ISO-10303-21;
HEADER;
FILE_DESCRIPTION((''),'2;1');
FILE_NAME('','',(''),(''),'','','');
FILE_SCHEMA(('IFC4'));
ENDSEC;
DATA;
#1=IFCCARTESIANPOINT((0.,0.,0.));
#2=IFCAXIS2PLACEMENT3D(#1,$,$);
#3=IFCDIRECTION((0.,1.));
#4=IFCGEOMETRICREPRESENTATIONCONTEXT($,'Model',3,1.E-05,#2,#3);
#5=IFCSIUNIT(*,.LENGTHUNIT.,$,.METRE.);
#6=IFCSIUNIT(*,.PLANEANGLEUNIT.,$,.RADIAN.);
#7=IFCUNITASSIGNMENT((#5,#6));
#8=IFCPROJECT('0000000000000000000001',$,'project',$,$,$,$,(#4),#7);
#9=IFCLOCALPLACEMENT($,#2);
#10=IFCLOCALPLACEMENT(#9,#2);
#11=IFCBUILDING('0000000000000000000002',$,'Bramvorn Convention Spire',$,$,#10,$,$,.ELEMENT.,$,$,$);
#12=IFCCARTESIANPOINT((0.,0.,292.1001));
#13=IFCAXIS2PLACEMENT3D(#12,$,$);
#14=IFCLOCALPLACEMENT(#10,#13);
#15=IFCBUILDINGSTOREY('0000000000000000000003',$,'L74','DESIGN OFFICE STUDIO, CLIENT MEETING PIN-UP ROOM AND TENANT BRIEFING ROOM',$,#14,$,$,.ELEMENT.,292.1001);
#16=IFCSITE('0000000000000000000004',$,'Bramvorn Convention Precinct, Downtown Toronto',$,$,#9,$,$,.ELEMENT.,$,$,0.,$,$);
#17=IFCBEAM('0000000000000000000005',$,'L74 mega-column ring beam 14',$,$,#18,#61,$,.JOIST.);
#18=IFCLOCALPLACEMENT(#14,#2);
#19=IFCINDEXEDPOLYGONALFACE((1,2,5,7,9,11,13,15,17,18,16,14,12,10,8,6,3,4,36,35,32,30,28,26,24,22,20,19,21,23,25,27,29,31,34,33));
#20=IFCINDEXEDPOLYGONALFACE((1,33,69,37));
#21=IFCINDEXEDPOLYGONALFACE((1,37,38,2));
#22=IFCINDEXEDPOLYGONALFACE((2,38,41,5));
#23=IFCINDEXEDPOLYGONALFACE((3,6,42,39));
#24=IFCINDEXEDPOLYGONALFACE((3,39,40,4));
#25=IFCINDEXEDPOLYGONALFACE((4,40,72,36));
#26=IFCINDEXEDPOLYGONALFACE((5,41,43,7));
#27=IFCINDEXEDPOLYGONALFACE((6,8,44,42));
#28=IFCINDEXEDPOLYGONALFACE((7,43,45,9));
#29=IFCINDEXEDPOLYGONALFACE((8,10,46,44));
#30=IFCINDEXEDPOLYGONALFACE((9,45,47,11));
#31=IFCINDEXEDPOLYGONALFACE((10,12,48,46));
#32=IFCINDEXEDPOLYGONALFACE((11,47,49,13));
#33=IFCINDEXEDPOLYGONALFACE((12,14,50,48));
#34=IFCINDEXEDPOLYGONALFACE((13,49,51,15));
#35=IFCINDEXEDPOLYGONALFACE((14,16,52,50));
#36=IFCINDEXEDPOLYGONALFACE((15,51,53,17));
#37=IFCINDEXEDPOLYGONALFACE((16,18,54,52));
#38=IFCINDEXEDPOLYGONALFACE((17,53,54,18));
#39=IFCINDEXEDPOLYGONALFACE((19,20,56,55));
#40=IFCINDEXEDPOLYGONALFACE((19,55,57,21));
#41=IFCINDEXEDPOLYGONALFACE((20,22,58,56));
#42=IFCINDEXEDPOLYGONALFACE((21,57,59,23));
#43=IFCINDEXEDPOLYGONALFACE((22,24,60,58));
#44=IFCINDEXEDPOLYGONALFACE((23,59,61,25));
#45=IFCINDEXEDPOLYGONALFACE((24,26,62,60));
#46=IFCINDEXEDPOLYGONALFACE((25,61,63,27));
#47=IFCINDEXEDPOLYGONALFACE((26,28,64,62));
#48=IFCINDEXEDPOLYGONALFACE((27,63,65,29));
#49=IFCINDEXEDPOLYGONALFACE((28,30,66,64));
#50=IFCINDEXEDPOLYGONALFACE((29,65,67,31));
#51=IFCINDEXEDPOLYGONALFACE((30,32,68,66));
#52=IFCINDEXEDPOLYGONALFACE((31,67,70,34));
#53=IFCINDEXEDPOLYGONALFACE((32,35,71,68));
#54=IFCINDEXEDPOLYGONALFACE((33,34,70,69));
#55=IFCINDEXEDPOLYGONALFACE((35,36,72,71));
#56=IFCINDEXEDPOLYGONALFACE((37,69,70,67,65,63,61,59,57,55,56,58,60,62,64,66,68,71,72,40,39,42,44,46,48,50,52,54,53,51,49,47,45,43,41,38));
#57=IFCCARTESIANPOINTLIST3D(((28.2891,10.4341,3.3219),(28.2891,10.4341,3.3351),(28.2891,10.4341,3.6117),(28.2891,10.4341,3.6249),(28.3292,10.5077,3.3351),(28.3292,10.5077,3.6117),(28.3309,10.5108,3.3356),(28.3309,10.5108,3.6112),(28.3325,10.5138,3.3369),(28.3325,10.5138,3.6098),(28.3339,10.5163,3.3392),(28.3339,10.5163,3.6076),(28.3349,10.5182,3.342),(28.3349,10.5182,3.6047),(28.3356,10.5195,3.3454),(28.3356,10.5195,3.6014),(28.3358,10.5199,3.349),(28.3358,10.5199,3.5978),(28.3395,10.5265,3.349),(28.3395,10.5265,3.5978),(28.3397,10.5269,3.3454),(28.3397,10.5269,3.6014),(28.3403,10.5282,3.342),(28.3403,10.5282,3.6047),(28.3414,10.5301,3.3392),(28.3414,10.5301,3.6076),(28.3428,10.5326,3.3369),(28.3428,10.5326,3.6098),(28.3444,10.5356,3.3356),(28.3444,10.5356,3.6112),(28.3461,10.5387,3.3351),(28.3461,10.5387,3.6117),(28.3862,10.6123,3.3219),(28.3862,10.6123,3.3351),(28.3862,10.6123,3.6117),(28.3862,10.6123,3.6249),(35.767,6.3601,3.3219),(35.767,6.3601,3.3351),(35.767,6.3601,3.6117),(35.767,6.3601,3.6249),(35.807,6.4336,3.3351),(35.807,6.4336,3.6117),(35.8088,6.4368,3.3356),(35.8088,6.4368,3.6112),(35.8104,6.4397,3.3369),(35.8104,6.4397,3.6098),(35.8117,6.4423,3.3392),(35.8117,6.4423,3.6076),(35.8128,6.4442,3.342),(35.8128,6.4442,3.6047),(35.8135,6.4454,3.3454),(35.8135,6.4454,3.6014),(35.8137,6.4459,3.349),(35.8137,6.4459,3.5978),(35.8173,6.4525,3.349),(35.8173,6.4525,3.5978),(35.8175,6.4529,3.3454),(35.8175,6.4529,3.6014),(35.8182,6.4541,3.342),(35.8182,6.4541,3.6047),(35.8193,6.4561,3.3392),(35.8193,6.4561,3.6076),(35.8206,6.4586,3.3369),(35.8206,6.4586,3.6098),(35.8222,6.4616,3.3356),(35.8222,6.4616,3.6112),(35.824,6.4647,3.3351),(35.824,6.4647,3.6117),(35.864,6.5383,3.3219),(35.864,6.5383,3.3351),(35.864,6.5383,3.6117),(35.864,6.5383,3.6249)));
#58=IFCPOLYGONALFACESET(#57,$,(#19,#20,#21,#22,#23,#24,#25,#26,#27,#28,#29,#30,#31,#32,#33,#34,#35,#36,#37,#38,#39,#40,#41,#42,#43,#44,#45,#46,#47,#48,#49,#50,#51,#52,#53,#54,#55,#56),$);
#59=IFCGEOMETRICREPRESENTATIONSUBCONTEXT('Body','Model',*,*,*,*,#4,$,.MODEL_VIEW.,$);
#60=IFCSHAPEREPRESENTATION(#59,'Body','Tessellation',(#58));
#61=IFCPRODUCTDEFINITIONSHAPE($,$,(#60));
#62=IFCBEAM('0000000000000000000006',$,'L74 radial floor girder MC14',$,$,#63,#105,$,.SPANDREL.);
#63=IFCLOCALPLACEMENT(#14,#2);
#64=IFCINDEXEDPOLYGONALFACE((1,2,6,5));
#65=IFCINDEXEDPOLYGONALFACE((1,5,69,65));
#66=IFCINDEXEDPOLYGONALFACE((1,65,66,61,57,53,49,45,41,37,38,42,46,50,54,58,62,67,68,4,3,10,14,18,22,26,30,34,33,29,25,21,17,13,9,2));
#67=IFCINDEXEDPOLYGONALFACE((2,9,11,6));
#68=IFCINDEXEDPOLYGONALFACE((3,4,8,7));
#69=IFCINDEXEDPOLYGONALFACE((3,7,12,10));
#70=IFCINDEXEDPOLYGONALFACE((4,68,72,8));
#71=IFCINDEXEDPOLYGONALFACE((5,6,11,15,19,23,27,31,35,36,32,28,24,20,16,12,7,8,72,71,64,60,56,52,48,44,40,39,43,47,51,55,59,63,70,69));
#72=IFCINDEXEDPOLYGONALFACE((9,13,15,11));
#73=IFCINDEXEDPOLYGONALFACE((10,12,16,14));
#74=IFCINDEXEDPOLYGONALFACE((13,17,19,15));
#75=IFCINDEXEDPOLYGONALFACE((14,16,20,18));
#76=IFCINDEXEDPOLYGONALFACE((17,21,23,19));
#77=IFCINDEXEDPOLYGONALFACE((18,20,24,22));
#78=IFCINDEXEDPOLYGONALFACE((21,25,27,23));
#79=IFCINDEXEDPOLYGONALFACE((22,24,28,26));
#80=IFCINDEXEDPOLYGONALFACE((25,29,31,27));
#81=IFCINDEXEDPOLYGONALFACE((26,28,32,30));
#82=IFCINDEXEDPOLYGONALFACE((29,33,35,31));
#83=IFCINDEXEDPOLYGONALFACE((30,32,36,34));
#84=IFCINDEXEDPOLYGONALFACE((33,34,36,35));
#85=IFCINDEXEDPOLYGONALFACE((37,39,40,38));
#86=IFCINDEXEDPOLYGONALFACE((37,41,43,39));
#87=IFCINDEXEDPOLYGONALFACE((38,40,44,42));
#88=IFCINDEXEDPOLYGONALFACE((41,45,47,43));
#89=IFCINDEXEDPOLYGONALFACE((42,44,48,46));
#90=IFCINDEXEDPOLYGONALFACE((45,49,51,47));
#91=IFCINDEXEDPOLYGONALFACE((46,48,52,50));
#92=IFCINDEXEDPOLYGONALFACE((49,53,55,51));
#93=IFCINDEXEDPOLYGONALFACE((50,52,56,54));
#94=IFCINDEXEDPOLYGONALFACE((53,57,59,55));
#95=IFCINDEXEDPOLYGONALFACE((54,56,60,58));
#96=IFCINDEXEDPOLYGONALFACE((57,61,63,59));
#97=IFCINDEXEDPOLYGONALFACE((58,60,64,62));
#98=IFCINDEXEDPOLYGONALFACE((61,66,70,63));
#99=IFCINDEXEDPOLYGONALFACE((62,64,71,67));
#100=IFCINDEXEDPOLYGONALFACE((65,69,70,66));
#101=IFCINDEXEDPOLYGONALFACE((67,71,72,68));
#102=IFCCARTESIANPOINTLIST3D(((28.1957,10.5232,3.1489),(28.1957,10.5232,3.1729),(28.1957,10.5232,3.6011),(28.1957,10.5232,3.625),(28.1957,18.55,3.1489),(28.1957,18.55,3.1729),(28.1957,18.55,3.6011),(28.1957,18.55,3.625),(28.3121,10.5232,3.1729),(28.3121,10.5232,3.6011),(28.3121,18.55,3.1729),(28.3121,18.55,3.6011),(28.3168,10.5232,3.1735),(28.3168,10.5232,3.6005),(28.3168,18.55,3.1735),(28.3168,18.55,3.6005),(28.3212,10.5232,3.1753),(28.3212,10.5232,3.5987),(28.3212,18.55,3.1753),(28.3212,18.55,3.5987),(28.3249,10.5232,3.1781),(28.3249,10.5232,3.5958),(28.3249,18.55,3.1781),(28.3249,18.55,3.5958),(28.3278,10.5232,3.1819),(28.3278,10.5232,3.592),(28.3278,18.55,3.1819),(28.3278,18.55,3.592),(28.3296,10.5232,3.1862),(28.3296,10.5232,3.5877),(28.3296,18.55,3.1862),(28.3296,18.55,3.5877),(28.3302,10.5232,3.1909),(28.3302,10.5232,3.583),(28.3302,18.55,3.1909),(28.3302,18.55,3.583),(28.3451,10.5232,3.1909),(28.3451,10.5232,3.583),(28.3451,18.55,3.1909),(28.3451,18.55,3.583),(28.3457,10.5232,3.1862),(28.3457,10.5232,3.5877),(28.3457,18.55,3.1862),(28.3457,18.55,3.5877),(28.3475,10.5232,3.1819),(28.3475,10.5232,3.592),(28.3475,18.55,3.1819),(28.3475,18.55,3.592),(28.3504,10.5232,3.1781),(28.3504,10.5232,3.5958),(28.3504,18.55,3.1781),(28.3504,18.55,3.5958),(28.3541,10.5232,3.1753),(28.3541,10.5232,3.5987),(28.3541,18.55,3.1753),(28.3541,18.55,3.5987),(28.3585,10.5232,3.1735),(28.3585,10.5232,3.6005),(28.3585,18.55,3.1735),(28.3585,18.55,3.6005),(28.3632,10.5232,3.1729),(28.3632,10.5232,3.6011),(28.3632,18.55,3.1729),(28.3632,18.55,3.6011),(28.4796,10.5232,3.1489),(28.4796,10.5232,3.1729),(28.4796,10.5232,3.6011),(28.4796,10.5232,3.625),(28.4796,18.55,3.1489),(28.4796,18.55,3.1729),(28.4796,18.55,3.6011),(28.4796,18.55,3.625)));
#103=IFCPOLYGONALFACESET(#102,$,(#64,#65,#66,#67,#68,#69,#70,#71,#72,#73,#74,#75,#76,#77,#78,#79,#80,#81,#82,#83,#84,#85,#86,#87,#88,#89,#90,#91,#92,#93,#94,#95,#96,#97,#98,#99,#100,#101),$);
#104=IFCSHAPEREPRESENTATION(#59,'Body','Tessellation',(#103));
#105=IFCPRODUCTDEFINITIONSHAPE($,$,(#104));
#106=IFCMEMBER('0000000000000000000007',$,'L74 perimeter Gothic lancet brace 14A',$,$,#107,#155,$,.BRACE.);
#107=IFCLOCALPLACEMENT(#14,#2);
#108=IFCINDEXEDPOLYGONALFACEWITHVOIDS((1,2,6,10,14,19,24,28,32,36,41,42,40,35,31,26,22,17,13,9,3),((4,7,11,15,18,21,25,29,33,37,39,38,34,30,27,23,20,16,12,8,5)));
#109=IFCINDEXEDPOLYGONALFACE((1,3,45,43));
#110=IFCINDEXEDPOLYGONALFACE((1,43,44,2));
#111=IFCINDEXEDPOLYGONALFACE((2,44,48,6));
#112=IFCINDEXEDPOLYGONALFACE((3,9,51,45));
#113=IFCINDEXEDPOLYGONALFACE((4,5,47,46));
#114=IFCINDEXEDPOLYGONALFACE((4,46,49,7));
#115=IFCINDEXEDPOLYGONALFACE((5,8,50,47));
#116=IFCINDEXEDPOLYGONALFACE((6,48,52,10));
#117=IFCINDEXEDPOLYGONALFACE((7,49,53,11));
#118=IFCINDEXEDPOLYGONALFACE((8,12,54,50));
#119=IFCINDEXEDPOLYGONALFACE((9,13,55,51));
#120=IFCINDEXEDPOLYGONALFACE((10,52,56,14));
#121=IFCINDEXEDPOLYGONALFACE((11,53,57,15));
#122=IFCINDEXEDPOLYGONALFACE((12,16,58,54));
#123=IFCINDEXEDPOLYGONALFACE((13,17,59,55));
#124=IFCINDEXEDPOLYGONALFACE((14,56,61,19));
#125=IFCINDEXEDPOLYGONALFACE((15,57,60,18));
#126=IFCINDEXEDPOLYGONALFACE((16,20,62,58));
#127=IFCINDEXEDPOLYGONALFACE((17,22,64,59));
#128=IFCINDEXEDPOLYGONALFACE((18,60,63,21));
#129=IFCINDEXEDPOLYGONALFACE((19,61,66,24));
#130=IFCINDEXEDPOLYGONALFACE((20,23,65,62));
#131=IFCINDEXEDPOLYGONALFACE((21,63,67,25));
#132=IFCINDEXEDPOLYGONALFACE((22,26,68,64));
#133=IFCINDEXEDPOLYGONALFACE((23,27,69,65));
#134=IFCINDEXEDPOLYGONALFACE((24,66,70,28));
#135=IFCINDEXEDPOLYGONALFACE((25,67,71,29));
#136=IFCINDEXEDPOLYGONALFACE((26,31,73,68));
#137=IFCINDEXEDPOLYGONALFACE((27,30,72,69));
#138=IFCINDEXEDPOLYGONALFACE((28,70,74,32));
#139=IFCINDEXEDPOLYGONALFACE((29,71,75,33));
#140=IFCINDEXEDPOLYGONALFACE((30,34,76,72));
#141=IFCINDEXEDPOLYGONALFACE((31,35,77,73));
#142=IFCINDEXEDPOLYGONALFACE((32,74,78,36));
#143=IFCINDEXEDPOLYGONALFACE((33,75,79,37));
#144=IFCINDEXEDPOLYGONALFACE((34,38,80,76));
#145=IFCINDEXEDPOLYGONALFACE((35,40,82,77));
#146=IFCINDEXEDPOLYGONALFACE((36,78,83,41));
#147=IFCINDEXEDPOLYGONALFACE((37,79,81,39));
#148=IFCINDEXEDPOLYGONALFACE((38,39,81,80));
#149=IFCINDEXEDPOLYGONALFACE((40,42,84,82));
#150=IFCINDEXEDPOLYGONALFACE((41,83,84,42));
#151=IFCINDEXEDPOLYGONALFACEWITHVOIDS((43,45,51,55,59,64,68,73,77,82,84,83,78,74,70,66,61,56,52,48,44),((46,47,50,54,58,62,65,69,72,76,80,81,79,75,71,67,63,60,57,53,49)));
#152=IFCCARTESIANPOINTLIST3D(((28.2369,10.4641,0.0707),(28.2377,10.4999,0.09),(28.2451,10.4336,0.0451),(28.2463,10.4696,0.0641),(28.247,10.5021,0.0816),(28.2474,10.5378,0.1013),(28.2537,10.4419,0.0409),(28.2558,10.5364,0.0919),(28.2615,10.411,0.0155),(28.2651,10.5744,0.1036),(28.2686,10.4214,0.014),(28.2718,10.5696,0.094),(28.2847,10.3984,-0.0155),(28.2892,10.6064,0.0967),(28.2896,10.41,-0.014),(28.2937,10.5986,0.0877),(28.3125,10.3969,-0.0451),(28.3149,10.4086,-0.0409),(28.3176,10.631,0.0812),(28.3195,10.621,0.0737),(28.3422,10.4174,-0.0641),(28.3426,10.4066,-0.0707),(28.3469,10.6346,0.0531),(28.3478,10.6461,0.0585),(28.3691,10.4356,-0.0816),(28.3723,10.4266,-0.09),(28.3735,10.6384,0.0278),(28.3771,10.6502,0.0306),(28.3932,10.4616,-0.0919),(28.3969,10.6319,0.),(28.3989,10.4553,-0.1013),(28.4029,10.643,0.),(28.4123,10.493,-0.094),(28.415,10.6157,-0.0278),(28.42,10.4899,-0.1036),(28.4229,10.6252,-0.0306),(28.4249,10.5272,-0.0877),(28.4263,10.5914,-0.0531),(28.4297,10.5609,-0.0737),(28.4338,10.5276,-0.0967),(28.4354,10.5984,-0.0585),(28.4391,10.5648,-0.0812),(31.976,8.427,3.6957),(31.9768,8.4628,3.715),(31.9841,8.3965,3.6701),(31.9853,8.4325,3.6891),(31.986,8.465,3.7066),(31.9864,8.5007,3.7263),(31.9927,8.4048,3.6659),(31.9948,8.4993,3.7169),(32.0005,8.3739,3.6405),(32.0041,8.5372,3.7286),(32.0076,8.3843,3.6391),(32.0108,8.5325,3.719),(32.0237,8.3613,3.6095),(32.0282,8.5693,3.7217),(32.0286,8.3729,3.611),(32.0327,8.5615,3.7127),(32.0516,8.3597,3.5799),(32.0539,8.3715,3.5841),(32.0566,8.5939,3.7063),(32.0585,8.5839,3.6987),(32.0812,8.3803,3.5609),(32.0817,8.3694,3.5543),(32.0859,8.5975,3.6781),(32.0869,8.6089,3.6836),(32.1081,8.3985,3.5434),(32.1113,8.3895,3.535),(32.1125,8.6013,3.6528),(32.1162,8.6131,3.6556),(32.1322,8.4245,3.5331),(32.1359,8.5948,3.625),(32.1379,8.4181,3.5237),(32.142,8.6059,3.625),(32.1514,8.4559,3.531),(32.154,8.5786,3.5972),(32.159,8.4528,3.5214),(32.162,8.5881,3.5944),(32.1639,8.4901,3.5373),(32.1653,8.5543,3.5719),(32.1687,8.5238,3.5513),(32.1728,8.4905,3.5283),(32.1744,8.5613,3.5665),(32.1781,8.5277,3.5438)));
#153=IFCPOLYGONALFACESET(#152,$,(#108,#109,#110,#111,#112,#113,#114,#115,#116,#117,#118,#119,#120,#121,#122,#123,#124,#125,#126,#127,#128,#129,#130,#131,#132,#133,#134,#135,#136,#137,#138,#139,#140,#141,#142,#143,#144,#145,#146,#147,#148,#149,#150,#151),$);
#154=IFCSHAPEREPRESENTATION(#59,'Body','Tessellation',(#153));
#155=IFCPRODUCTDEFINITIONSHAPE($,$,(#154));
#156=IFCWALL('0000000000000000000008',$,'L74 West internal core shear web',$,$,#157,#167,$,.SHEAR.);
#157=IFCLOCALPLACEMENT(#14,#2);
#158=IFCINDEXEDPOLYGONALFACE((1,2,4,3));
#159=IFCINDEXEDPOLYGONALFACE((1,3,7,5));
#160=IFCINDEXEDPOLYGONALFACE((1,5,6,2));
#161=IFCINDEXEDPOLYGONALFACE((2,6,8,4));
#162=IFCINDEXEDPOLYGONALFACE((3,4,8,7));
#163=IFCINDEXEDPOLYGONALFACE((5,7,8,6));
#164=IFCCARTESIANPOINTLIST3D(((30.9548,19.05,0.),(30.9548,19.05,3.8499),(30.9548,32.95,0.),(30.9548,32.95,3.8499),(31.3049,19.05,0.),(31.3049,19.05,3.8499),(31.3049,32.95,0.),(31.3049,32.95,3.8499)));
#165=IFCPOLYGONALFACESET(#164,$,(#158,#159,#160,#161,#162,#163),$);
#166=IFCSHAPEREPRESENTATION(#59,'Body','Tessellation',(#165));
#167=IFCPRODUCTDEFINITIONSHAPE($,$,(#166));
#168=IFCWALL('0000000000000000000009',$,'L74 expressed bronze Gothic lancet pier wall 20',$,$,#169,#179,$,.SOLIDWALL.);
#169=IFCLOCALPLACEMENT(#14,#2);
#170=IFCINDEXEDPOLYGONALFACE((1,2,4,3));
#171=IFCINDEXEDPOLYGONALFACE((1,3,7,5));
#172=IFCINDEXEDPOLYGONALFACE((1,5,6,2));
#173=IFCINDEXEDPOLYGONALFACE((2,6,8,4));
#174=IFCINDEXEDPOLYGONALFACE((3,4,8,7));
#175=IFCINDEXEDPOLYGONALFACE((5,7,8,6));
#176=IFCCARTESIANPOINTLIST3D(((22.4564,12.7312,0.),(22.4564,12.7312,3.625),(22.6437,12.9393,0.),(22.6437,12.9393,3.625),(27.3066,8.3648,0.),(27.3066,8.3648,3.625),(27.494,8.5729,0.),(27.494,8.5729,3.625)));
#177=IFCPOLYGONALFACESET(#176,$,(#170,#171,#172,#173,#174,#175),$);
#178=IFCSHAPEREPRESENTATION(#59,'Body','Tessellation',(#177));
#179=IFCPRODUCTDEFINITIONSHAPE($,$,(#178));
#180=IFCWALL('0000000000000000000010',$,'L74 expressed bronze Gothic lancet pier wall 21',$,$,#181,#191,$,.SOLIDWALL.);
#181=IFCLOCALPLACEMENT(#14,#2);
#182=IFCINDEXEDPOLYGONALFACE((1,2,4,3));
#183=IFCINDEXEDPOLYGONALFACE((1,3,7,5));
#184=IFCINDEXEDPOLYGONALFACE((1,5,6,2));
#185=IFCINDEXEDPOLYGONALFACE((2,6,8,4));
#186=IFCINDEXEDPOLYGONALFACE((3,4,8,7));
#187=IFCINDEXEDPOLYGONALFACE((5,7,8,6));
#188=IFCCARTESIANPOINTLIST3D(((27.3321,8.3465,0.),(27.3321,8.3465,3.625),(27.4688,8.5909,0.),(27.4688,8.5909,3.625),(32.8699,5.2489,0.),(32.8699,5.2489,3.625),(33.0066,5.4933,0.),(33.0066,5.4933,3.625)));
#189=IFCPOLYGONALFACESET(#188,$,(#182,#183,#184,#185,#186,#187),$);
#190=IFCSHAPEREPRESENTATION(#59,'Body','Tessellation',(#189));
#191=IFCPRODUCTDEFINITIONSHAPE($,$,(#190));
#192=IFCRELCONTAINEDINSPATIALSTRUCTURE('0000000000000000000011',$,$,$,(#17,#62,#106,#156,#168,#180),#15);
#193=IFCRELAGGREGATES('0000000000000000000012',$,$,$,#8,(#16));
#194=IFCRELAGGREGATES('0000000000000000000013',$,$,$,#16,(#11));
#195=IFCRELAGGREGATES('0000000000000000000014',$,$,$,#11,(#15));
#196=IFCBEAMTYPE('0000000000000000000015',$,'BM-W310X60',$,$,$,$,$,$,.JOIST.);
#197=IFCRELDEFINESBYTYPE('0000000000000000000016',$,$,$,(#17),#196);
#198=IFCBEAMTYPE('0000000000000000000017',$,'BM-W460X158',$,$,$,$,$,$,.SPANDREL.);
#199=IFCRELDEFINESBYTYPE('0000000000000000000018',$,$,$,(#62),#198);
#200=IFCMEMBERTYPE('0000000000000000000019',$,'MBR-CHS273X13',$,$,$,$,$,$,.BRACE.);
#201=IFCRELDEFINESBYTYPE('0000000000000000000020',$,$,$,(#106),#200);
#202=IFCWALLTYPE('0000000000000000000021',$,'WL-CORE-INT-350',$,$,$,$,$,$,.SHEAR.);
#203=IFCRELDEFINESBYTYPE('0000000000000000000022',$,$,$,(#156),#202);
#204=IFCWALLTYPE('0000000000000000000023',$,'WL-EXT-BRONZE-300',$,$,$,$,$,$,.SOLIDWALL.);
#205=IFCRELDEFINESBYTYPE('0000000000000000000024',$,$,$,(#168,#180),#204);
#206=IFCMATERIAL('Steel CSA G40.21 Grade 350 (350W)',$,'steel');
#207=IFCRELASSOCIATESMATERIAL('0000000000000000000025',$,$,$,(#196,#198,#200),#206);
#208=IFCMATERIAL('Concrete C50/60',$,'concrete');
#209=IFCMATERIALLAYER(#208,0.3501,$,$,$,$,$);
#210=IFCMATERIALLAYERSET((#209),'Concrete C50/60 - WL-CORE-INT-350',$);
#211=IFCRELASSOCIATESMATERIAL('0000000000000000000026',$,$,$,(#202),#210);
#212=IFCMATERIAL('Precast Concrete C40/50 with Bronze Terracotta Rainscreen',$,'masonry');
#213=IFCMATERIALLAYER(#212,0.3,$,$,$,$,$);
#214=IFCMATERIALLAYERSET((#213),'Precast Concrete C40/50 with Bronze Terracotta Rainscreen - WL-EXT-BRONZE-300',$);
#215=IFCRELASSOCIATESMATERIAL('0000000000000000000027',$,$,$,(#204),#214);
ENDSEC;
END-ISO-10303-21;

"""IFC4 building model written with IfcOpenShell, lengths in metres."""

from ifc_helpers import new_model, si_unit, direction, frame, frame_2d, origin, origin_2d, place, context, subcontext, project, spatial, rectangle, hollow_circle, i_section, extrude, material, layer, layer_set, material_profile, profile_set, type_object, element, save


model = new_model("IFC4")

# Units and contexts
model_context = context("Model", 3, precision=1e-05, world=origin(), true_north=direction((0.0, 1.0)))
body_context = subcontext(model_context, "Body", "Model", "MODEL_VIEW")
ifc_project = project(units=[si_unit("LENGTHUNIT", "METRE"), si_unit("PLANEANGLEUNIT", "RADIAN")], contexts=[model_context])

# Site, building, storey
site_placement = place(None, origin())
site = spatial("IfcSite", under=ifc_project, at=site_placement, Name="Bramvorn Convention Precinct, Downtown Toronto", CompositionType="ELEMENT", RefElevation=0.0)
building_placement = place(site_placement, origin())
building = spatial("IfcBuilding", under=site, at=building_placement, Name="Bramvorn Convention Spire", CompositionType="ELEMENT")
storey_placement = place(building_placement, frame((0.0, 0.0, 292.1001)))
storey = spatial("IfcBuildingStorey", under=building, at=storey_placement, Name="L74", Description="DESIGN OFFICE STUDIO, CLIENT MEETING PIN-UP ROOM AND TENANT BRIEFING ROOM", CompositionType="ELEMENT", Elevation=292.1001)

# Shared definitions
ifc_material_1 = material(Name="Steel CSA G40.21 Grade 350 (350W)", Category="steel")

# Beams
ifc_material_profile_1 = material_profile(ifc_material_1, i_section(OverallWidth=0.2029, OverallDepth=0.303, WebThickness=0.0076, FlangeThickness=0.0132, FilletRadius=0.0139, at=origin_2d()))
ifc_profile_set_1 = profile_set([ifc_material_profile_1], Name="Steel CSA G40.21 Grade 350 (350W) - W310X60")
beam_type_1 = type_object("IfcBeamType", Name="BM-W310X60", PredefinedType="JOIST", material=ifc_profile_set_1)
beam_1_placement = place(storey_placement, frame((28.3376, 10.5232, 3.4734), z_axis=(0.878133, -0.478416, 0.0), x_axis=(0.478416, 0.878133, 0.0)))
element("IfcBeam", 1, at=beam_1_placement, inside=storey, type_object=beam_type_1, Name="L74 mega-column ring beam 14", PredefinedType="JOIST", context=body_context, shape_type="SweptSolid", body=[
    extrude(i_section(OverallWidth=0.2029, OverallDepth=0.303, WebThickness=0.0076, FlangeThickness=0.0132, FilletRadius=0.0139, at=origin_2d()), origin(), (0.0, 0.0, 1.0), 8.5156),
])
ifc_material_profile_2 = material_profile(ifc_material_1, i_section(OverallWidth=0.2839, OverallDepth=0.4761, WebThickness=0.0149, FlangeThickness=0.0239, FilletRadius=0.0181, at=origin_2d()))
ifc_profile_set_2 = profile_set([ifc_material_profile_2], Name="Steel CSA G40.21 Grade 350 (350W) - W460X158")
beam_type_2 = type_object("IfcBeamType", Name="BM-W460X158", PredefinedType="SPANDREL", material=ifc_profile_set_2)
beam_2_placement = place(storey_placement, frame((28.3376, 18.55, 3.387), z_axis=(0.0, -1.0, 0.0), x_axis=(1.0, 0.0, 0.0)))
element("IfcBeam", 2, at=beam_2_placement, inside=storey, type_object=beam_type_2, Name="L74 radial floor girder MC14", PredefinedType="SPANDREL", context=body_context, shape_type="SweptSolid", body=[
    extrude(i_section(OverallWidth=0.2839, OverallDepth=0.4761, WebThickness=0.0149, FlangeThickness=0.0239, FilletRadius=0.0181, at=origin_2d()), origin(), (0.0, 0.0, 1.0), 8.0269),
])

# Member
ifc_material_profile_3 = material_profile(ifc_material_1, hollow_circle(Radius=0.1365, WallThickness=0.0127, at=origin_2d()))
ifc_profile_set_3 = profile_set([ifc_material_profile_3], Name="Steel CSA G40.21 Grade 350 (350W) - CHS273X13")
member_type = type_object("IfcMemberType", Name="MBR-CHS273X13", PredefinedType="BRACE", material=ifc_profile_set_3)
member_placement = place(storey_placement, frame((28.3376, 10.5232, 0.0), z_axis=(0.668634, -0.364289, 0.648245), x_axis=(0.478426, 0.878128, 0.0)))
element("IfcMember", 3, at=member_placement, inside=storey, type_object=member_type, Name="L74 perimeter Gothic lancet brace 14A", PredefinedType="BRACE", context=body_context, shape_type="SweptSolid", body=[
    extrude(hollow_circle(Radius=0.1365, WallThickness=0.0127, at=origin_2d()), origin(), (0.0, 0.0, 1.0), 5.592),
])

# Walls
ifc_material_2 = material(Name="Concrete C50/60", Category="concrete")
ifc_layer_1 = layer(ifc_material_2, 0.3501)
ifc_layer_set_1 = layer_set([ifc_layer_1], Name="Concrete C50/60 - WL-CORE-INT-350")
wall_type_1 = type_object("IfcWallType", Name="WL-CORE-INT-350", PredefinedType="SHEAR", material=ifc_layer_set_1)
wall_1_placement = place(storey_placement, frame((31.1299, 19.05, 0.0), z_axis=(0.0, 0.0, 1.0), x_axis=(0.0, 1.0, 0.0)))
element("IfcWall", 4, at=wall_1_placement, inside=storey, type_object=wall_type_1, Name="L74 West internal core shear web", PredefinedType="SHEAR", context=body_context, shape_type="SweptSolid", body=[
    extrude(rectangle(XDim=13.8999, YDim=0.3501, at=frame_2d((6.95, 0.0))), origin(), (0.0, 0.0, 1.0), 3.8499),
])
ifc_material_3 = material(Name="Precast Concrete C40/50 with Bronze Terracotta Rainscreen", Category="masonry")
ifc_layer_2 = layer(ifc_material_3, 0.3)
ifc_layer_set_2 = layer_set([ifc_layer_2], Name="Precast Concrete C40/50 with Bronze Terracotta Rainscreen - WL-EXT-BRONZE-300")
wall_type_2 = type_object("IfcWallType", Name="WL-EXT-BRONZE-300", PredefinedType="SOLIDWALL", material=ifc_layer_set_2)
wall_2_placement = place(storey_placement, frame((27.4004, 8.4688, 0.0), z_axis=(0.0, 0.0, 1.0), x_axis=(-0.743207, 0.669062, 0.0)))
element("IfcWall", 5, at=wall_2_placement, inside=storey, type_object=wall_type_2, Name="L74 expressed bronze Gothic lancet pier wall 20", PredefinedType="SOLIDWALL", context=body_context, shape_type="SweptSolid", body=[
    extrude(rectangle(XDim=6.5261, YDim=0.28, at=frame_2d((3.2632, 0.0))), origin(), (0.0, 0.0, 1.0), 3.625),
])
wall_3_placement = place(storey_placement, frame((32.9382, 5.3711, 0.0), z_axis=(0.0, 0.0, 1.0), x_axis=(-0.872743, 0.488179, 0.0)))
element("IfcWall", 6, at=wall_3_placement, inside=storey, type_object=wall_type_2, Name="L74 expressed bronze Gothic lancet pier wall 21", PredefinedType="SOLIDWALL", context=body_context, shape_type="SweptSolid", body=[
    extrude(rectangle(XDim=6.3452, YDim=0.28, at=frame_2d((3.1726, 0.0))), origin(), (0.0, 0.0, 1.0), 3.625),
])

save(model, "model.ifc")
